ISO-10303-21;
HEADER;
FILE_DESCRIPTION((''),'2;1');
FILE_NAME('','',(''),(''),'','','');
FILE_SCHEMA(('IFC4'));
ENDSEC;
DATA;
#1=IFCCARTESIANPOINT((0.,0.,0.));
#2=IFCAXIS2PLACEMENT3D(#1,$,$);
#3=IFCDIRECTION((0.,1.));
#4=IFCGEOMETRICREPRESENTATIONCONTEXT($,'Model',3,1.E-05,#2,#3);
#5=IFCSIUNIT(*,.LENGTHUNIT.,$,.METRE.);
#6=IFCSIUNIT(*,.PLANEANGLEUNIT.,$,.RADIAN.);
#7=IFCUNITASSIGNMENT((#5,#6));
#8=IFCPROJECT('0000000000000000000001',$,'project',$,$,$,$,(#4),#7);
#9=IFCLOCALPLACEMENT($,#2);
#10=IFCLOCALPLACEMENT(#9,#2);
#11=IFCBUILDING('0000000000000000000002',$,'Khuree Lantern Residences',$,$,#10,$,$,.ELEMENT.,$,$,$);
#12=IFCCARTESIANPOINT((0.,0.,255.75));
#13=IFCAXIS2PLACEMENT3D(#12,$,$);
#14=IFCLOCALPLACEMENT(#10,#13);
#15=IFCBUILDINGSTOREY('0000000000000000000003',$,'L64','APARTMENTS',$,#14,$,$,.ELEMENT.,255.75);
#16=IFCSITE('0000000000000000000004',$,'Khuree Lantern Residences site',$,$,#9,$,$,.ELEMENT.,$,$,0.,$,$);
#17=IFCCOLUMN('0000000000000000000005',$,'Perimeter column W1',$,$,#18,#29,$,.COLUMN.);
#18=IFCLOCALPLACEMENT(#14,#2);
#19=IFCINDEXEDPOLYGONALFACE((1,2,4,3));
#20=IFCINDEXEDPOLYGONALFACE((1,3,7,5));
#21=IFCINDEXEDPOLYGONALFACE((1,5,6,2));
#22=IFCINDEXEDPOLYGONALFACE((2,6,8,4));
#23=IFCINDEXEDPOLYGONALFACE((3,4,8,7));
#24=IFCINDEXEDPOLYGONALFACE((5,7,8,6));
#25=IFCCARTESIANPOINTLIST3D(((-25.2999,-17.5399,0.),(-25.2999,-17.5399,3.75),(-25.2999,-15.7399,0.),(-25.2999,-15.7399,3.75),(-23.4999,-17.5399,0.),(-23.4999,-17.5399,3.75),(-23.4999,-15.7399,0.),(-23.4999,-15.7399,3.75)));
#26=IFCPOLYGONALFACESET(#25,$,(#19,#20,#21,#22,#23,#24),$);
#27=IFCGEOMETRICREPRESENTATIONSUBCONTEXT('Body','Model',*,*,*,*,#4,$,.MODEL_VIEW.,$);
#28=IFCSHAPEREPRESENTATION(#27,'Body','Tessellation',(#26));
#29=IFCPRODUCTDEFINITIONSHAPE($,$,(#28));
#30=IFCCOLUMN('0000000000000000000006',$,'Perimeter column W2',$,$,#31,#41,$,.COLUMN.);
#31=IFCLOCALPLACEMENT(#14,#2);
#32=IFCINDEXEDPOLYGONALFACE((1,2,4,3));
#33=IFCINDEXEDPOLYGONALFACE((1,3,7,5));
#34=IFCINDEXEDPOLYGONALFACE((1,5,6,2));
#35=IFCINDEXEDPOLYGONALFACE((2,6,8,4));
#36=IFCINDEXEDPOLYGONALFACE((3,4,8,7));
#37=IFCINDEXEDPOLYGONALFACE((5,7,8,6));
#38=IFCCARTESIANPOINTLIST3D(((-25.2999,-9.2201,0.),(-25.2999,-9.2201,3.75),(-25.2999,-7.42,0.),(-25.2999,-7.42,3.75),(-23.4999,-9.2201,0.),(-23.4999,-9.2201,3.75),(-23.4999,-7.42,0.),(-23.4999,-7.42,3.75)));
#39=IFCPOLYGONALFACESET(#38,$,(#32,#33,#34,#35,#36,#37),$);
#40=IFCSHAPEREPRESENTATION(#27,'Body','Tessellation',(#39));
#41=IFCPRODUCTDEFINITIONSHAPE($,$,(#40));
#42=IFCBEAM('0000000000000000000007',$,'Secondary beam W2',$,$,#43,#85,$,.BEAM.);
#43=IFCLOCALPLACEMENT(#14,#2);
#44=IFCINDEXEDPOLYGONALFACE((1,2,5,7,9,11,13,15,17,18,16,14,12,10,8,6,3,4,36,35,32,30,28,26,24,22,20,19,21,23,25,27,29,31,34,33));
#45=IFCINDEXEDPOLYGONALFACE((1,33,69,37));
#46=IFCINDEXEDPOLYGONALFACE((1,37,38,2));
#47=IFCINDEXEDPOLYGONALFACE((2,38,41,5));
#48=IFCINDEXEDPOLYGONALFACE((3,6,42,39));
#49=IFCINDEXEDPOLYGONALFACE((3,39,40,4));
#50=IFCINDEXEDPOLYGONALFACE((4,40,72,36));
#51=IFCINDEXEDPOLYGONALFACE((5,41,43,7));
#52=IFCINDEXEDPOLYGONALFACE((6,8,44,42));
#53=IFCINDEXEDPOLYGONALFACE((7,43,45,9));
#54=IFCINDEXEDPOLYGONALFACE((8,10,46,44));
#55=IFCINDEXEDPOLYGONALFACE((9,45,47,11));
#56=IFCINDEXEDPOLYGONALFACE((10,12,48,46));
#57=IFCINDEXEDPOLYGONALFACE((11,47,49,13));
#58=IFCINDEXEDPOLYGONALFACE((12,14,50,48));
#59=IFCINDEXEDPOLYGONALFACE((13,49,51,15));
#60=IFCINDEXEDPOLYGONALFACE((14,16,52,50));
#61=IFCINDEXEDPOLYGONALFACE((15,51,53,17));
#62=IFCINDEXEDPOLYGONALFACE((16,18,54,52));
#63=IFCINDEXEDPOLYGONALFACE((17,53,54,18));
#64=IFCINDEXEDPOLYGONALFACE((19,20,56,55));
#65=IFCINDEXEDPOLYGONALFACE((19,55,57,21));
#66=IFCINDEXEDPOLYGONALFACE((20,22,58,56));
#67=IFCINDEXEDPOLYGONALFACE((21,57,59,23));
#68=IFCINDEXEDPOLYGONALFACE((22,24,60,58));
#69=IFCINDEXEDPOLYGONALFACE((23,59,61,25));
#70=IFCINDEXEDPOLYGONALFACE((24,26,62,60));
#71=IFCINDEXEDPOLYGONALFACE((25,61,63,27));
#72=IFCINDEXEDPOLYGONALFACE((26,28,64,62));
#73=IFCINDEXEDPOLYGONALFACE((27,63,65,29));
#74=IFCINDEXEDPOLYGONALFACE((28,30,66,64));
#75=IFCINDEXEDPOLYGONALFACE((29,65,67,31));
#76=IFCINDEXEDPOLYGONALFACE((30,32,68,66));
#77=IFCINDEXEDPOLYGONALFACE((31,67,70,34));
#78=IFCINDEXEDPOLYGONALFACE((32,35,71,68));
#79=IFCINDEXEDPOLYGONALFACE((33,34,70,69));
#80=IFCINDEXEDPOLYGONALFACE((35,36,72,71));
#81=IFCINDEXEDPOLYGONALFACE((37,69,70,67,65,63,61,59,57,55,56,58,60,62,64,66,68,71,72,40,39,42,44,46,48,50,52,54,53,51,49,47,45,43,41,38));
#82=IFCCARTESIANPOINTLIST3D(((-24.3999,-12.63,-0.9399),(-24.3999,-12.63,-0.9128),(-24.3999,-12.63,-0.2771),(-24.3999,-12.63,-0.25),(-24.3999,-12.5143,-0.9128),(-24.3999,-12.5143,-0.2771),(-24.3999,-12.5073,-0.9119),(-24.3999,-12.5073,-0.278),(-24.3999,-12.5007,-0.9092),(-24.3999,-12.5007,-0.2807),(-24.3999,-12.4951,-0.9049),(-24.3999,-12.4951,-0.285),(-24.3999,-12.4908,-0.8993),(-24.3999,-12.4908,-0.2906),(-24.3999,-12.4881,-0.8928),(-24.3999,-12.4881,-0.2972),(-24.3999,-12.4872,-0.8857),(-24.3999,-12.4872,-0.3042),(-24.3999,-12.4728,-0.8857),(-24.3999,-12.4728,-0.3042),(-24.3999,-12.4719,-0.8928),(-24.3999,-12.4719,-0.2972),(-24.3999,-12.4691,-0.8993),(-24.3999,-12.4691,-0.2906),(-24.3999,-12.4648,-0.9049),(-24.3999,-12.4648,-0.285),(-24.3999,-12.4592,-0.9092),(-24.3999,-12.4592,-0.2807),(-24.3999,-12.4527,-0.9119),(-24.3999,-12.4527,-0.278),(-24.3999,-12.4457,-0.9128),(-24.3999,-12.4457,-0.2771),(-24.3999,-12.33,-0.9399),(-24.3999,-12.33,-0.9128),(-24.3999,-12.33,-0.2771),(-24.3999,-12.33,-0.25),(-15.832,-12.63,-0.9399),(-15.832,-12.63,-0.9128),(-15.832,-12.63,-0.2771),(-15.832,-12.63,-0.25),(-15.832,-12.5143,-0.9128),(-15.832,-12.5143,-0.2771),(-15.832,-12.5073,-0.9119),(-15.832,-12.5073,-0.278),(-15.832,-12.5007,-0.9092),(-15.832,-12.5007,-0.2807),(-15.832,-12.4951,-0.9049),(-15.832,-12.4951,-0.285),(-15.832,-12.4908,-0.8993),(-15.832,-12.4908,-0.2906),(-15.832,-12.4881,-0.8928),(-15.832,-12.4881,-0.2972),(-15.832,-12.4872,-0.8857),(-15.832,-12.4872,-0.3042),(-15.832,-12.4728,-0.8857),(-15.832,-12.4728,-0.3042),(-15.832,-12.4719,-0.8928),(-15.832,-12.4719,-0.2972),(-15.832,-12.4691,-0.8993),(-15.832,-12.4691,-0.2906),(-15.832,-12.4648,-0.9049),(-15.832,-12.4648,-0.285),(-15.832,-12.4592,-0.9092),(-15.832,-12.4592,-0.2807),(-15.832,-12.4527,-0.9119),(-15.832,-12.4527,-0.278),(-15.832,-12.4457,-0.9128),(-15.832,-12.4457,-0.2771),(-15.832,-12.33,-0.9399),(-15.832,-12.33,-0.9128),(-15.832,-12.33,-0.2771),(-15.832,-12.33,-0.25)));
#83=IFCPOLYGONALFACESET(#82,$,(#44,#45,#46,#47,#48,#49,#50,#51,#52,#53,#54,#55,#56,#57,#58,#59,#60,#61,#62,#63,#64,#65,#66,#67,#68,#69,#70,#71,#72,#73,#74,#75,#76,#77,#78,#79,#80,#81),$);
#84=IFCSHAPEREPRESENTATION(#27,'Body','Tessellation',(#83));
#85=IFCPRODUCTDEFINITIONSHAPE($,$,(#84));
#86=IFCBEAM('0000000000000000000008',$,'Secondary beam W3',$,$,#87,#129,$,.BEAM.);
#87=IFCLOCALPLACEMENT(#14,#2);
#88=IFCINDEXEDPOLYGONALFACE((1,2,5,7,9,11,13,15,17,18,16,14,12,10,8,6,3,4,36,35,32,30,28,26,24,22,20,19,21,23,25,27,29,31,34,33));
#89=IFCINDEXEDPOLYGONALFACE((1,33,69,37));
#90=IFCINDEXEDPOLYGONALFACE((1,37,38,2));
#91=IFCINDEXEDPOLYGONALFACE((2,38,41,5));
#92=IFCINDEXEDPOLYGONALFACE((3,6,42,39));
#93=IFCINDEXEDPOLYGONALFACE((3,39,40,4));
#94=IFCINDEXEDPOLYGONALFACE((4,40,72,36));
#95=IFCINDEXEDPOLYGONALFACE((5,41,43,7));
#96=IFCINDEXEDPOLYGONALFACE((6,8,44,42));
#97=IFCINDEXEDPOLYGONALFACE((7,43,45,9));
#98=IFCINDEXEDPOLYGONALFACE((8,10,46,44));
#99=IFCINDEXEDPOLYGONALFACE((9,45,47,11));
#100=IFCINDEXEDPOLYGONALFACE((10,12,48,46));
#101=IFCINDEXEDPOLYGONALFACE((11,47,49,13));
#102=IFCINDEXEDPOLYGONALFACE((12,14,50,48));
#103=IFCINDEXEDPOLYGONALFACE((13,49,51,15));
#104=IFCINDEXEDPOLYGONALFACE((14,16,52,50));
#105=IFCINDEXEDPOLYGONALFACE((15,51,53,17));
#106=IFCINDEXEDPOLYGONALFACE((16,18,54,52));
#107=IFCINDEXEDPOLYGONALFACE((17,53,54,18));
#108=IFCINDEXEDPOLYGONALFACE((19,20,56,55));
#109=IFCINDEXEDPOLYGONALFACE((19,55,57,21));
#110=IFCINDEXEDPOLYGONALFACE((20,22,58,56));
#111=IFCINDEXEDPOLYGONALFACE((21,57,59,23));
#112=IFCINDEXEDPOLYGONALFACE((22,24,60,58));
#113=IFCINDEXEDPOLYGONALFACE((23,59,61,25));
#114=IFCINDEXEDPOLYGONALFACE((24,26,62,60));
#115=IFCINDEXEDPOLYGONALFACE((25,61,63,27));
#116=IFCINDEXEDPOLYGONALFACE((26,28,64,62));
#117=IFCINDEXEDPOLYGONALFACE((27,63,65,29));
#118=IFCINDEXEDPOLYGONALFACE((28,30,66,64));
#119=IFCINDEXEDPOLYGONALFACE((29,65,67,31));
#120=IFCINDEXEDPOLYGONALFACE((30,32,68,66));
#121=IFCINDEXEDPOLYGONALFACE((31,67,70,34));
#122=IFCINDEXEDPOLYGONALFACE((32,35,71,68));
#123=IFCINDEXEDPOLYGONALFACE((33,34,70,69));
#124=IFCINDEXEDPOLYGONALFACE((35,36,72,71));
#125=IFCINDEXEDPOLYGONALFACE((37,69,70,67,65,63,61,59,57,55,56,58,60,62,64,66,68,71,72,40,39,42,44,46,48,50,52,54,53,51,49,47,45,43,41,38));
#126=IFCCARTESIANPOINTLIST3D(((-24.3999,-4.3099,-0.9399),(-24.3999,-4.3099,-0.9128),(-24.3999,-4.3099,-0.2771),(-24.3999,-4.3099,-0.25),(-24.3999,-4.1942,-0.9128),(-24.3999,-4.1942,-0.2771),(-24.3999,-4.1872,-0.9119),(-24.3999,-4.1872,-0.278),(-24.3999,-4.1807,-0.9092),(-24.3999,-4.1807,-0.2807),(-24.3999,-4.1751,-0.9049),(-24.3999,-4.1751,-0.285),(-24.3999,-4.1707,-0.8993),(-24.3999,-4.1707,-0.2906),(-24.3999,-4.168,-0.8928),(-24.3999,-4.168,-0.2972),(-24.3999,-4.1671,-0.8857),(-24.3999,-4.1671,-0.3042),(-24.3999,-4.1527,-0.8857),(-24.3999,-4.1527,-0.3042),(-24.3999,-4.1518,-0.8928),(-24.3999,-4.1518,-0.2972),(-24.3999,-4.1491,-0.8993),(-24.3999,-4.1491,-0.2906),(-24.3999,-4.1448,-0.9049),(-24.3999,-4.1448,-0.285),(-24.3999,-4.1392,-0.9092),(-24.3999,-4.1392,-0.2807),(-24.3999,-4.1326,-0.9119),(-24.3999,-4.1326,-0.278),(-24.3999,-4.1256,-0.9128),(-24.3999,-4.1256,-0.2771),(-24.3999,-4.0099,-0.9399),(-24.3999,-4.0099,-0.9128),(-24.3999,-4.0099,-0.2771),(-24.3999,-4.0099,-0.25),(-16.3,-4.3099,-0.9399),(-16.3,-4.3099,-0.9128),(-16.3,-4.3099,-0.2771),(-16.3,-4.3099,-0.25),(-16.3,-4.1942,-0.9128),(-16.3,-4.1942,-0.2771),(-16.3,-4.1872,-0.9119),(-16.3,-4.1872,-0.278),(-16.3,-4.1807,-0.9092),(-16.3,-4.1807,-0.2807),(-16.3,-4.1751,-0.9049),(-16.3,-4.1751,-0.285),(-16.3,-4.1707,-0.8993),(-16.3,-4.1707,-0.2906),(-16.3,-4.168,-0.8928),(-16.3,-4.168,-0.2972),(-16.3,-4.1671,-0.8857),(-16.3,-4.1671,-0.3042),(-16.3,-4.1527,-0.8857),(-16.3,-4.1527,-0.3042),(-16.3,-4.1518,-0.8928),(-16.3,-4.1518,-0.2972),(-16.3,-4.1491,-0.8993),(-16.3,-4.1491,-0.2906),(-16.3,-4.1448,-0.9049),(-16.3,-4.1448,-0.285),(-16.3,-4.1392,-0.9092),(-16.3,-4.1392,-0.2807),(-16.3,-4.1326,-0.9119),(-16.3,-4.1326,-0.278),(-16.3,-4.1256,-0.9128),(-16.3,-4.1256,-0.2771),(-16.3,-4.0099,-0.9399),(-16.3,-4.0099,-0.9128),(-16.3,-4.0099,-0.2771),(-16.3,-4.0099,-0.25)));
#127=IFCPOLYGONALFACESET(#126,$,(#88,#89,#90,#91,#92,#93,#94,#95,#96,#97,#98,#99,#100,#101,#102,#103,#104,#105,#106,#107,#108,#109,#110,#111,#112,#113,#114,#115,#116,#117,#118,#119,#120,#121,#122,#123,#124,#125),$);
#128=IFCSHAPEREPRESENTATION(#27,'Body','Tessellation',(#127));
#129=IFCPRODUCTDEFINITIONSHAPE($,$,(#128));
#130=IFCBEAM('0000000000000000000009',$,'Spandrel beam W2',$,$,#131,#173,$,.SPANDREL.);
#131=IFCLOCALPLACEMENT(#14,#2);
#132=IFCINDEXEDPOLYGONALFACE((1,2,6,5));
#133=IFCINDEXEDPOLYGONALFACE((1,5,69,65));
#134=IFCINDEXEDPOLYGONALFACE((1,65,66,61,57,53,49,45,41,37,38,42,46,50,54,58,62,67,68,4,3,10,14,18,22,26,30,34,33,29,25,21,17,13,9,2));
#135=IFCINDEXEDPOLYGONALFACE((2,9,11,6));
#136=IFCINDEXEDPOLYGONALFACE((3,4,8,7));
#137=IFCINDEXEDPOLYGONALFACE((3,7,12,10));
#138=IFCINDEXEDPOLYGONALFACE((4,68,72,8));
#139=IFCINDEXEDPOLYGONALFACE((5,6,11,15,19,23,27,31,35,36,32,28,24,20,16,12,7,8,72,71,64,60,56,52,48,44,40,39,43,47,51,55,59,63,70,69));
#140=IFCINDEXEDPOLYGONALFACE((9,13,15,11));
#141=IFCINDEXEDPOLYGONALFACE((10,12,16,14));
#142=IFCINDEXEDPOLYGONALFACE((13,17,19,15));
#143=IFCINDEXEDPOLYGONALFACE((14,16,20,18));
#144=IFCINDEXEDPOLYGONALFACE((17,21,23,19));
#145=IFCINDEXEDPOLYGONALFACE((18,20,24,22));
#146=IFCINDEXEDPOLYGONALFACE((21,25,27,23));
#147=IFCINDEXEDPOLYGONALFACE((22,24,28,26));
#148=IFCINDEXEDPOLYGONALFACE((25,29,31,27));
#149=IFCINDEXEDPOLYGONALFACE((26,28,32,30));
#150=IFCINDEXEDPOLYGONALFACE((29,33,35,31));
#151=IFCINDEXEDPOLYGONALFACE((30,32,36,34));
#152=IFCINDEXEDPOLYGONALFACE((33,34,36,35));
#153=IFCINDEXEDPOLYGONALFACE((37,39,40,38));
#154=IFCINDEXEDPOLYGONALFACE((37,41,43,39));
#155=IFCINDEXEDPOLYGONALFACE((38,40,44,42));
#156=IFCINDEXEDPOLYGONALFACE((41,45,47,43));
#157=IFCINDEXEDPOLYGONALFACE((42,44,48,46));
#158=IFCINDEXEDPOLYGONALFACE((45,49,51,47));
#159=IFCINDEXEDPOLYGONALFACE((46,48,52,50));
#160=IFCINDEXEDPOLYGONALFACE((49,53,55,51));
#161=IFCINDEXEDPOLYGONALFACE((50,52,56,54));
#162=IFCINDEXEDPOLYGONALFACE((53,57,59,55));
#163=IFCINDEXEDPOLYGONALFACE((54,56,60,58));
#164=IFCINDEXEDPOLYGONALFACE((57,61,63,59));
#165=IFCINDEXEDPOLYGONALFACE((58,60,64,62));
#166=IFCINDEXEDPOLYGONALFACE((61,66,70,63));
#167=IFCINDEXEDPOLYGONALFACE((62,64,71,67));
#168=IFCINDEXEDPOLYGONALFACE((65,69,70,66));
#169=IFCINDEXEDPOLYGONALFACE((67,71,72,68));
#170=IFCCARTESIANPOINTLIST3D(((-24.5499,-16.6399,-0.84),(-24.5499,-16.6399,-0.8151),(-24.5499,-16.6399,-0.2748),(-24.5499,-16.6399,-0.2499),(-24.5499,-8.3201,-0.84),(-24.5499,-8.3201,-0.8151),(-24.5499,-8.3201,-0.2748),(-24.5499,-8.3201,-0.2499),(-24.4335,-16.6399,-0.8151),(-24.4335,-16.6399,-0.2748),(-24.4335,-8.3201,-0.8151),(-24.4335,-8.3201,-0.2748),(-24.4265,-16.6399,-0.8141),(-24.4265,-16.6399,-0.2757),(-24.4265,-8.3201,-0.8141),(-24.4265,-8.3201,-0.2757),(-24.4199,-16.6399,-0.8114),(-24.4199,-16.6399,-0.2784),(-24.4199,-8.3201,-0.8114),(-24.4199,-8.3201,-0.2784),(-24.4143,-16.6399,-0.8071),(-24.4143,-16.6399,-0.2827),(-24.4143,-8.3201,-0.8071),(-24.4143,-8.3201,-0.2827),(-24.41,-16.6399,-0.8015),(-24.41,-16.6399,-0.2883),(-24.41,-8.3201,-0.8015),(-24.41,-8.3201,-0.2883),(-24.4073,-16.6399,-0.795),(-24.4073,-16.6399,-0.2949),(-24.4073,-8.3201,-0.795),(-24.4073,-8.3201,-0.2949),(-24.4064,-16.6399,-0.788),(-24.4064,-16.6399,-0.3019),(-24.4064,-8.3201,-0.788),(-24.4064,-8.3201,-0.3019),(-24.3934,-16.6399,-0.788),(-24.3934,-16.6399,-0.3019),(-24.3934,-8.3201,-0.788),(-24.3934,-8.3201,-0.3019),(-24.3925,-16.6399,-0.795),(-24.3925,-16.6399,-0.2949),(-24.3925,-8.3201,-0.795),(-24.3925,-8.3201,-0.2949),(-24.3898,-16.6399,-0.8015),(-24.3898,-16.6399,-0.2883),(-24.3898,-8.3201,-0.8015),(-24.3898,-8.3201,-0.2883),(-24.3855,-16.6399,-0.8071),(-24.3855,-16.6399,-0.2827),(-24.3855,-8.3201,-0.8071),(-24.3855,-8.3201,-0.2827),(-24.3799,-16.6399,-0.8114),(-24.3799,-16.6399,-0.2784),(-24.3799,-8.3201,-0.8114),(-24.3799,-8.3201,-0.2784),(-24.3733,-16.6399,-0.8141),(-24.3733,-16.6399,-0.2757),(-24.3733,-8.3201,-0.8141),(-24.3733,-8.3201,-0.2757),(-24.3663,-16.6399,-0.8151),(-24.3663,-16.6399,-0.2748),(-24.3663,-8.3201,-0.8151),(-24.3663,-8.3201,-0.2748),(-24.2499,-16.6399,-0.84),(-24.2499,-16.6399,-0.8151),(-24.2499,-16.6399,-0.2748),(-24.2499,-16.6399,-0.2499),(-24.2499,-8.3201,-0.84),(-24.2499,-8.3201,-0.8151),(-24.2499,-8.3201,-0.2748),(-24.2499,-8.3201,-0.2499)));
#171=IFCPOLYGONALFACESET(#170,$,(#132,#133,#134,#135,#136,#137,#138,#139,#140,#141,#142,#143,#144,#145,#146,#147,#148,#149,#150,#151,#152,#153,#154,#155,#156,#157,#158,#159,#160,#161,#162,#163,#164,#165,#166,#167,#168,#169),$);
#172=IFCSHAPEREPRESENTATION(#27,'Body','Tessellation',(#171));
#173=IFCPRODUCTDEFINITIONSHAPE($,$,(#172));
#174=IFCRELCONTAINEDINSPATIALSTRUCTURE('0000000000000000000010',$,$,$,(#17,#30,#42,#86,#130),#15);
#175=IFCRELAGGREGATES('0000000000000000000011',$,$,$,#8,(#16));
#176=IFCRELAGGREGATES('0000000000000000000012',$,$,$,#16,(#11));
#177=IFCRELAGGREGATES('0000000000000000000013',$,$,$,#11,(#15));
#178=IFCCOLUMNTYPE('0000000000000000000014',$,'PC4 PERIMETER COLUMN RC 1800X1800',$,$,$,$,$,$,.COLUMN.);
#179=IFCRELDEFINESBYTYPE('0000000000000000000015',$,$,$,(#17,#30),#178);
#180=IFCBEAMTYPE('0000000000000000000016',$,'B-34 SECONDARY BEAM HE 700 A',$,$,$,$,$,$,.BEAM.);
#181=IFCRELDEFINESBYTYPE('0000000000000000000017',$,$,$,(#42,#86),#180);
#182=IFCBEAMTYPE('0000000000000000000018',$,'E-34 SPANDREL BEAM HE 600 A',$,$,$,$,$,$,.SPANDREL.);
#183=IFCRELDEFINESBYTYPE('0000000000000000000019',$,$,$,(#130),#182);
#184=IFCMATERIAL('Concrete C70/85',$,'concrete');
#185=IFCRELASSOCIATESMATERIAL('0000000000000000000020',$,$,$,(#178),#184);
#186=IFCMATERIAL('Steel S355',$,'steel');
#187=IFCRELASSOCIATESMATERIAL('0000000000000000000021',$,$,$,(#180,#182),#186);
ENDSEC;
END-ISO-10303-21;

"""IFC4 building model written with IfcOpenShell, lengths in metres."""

from ifc_helpers import new_model, si_unit, direction, frame, origin, origin_2d, place, context, subcontext, project, spatial, rectangle, i_section, extrude, material, material_profile, profile_set, type_object, element, save


model = new_model("IFC4")

# Units and contexts
model_context = context("Model", 3, precision=1e-05, world=origin(), true_north=direction((0.0, 1.0)))
body_context = subcontext(model_context, "Body", "Model", "MODEL_VIEW")
ifc_project = project(units=[si_unit("LENGTHUNIT", "METRE"), si_unit("PLANEANGLEUNIT", "RADIAN")], contexts=[model_context])

# Site, building, storey
site_placement = place(None, origin())
site = spatial("IfcSite", under=ifc_project, at=site_placement, Name="Khuree Lantern Residences site", CompositionType="ELEMENT", RefElevation=0.0)
building_placement = place(site_placement, origin())
building = spatial("IfcBuilding", under=site, at=building_placement, Name="Khuree Lantern Residences", CompositionType="ELEMENT")
storey_placement = place(building_placement, frame((0.0, 0.0, 255.75)))
storey = spatial("IfcBuildingStorey", under=building, at=storey_placement, Name="L64", Description="APARTMENTS", CompositionType="ELEMENT", Elevation=255.75)

# Columns
ifc_material_1 = material(Name="Concrete C70/85", Category="concrete")
ifc_material_profile_1 = material_profile(ifc_material_1, rectangle(XDim=1.8, YDim=1.8, at=origin_2d()), Name="RC 1800X1800")
ifc_profile_set_1 = profile_set([ifc_material_profile_1], Name="Concrete C70/85")
column_type = type_object("IfcColumnType", Name="PC4 PERIMETER COLUMN RC 1800X1800", PredefinedType="COLUMN", material=ifc_profile_set_1)
for number, where, z_axis, x_axis, name in (
    (1, (-24.3999, -16.6399, 0.0), (0.0, 0.0, 1.0), (0.0, 1.0, 0.0), "Perimeter column W1"),
    (2, (-24.3999, -8.3201, 0.0), (0.0, 0.0, 1.0), (0.0, 1.0, 0.0), "Perimeter column W2"),
):
    element("IfcColumn", number, at=place(storey_placement, frame(where, z_axis=z_axis, x_axis=x_axis)), inside=storey, type_object=column_type, Name=name, PredefinedType="COLUMN", context=body_context, shape_type="SweptSolid", body=[
        extrude(rectangle(XDim=1.8, YDim=1.8, at=origin_2d()), origin(), (0.0, 0.0, 1.0), 3.75),
    ])

# Beams
ifc_material_2 = material(Name="Steel S355", Category="steel")
ifc_material_profile_2 = material_profile(ifc_material_2, i_section(OverallWidth=0.3, OverallDepth=0.6899, WebThickness=0.0144, FlangeThickness=0.0271, FilletRadius=0.0271, at=origin_2d()), Name="HE 700 A")
ifc_profile_set_2 = profile_set([ifc_material_profile_2], Name="Steel S355")
beam_type_1 = type_object("IfcBeamType", Name="B-34 SECONDARY BEAM HE 700 A", PredefinedType="BEAM", material=ifc_profile_set_2)
beam_1_placement = place(storey_placement, frame((-24.3999, -12.48, -0.595), z_axis=(1.0, 0.0, 0.0), x_axis=(0.0, 1.0, 0.0)))
element("IfcBeam", 3, at=beam_1_placement, inside=storey, type_object=beam_type_1, Name="Secondary beam W2", PredefinedType="BEAM", context=body_context, shape_type="SweptSolid", body=[
    extrude(i_section(OverallWidth=0.3, OverallDepth=0.6899, WebThickness=0.0144, FlangeThickness=0.0271, FilletRadius=0.0271, at=origin_2d()), origin(), (0.0, 0.0, 1.0), 8.5679),
])
beam_2_placement = place(storey_placement, frame((-24.3999, -4.1599, -0.595), z_axis=(1.0, 0.0, 0.0), x_axis=(0.0, 1.0, 0.0)))
element("IfcBeam", 4, at=beam_2_placement, inside=storey, type_object=beam_type_1, Name="Secondary beam W3", PredefinedType="BEAM", context=body_context, shape_type="SweptSolid", body=[
    extrude(i_section(OverallWidth=0.3, OverallDepth=0.6899, WebThickness=0.0144, FlangeThickness=0.0271, FilletRadius=0.0271, at=origin_2d()), origin(), (0.0, 0.0, 1.0), 8.0999),
])
ifc_material_profile_3 = material_profile(ifc_material_2, i_section(OverallWidth=0.3, OverallDepth=0.5901, WebThickness=0.0129, FlangeThickness=0.0249, FilletRadius=0.0271, at=origin_2d()), Name="HE 600 A")
ifc_profile_set_3 = profile_set([ifc_material_profile_3], Name="Steel S355")
beam_type_2 = type_object("IfcBeamType", Name="E-34 SPANDREL BEAM HE 600 A", PredefinedType="SPANDREL", material=ifc_profile_set_3)
beam_3_placement = place(storey_placement, frame((-24.3999, -16.6399, -0.5449), z_axis=(0.0, 1.0, 0.0), x_axis=(-1.0, 0.0, 0.0)))
element("IfcBeam", 5, at=beam_3_placement, inside=storey, type_object=beam_type_2, Name="Spandrel beam W2", PredefinedType="SPANDREL", context=body_context, shape_type="SweptSolid", body=[
    extrude(i_section(OverallWidth=0.3, OverallDepth=0.5901, WebThickness=0.0129, FlangeThickness=0.0249, FilletRadius=0.0271, at=origin_2d()), origin(), (0.0, 0.0, 1.0), 8.3198),
])

save(model, "model.ifc")
